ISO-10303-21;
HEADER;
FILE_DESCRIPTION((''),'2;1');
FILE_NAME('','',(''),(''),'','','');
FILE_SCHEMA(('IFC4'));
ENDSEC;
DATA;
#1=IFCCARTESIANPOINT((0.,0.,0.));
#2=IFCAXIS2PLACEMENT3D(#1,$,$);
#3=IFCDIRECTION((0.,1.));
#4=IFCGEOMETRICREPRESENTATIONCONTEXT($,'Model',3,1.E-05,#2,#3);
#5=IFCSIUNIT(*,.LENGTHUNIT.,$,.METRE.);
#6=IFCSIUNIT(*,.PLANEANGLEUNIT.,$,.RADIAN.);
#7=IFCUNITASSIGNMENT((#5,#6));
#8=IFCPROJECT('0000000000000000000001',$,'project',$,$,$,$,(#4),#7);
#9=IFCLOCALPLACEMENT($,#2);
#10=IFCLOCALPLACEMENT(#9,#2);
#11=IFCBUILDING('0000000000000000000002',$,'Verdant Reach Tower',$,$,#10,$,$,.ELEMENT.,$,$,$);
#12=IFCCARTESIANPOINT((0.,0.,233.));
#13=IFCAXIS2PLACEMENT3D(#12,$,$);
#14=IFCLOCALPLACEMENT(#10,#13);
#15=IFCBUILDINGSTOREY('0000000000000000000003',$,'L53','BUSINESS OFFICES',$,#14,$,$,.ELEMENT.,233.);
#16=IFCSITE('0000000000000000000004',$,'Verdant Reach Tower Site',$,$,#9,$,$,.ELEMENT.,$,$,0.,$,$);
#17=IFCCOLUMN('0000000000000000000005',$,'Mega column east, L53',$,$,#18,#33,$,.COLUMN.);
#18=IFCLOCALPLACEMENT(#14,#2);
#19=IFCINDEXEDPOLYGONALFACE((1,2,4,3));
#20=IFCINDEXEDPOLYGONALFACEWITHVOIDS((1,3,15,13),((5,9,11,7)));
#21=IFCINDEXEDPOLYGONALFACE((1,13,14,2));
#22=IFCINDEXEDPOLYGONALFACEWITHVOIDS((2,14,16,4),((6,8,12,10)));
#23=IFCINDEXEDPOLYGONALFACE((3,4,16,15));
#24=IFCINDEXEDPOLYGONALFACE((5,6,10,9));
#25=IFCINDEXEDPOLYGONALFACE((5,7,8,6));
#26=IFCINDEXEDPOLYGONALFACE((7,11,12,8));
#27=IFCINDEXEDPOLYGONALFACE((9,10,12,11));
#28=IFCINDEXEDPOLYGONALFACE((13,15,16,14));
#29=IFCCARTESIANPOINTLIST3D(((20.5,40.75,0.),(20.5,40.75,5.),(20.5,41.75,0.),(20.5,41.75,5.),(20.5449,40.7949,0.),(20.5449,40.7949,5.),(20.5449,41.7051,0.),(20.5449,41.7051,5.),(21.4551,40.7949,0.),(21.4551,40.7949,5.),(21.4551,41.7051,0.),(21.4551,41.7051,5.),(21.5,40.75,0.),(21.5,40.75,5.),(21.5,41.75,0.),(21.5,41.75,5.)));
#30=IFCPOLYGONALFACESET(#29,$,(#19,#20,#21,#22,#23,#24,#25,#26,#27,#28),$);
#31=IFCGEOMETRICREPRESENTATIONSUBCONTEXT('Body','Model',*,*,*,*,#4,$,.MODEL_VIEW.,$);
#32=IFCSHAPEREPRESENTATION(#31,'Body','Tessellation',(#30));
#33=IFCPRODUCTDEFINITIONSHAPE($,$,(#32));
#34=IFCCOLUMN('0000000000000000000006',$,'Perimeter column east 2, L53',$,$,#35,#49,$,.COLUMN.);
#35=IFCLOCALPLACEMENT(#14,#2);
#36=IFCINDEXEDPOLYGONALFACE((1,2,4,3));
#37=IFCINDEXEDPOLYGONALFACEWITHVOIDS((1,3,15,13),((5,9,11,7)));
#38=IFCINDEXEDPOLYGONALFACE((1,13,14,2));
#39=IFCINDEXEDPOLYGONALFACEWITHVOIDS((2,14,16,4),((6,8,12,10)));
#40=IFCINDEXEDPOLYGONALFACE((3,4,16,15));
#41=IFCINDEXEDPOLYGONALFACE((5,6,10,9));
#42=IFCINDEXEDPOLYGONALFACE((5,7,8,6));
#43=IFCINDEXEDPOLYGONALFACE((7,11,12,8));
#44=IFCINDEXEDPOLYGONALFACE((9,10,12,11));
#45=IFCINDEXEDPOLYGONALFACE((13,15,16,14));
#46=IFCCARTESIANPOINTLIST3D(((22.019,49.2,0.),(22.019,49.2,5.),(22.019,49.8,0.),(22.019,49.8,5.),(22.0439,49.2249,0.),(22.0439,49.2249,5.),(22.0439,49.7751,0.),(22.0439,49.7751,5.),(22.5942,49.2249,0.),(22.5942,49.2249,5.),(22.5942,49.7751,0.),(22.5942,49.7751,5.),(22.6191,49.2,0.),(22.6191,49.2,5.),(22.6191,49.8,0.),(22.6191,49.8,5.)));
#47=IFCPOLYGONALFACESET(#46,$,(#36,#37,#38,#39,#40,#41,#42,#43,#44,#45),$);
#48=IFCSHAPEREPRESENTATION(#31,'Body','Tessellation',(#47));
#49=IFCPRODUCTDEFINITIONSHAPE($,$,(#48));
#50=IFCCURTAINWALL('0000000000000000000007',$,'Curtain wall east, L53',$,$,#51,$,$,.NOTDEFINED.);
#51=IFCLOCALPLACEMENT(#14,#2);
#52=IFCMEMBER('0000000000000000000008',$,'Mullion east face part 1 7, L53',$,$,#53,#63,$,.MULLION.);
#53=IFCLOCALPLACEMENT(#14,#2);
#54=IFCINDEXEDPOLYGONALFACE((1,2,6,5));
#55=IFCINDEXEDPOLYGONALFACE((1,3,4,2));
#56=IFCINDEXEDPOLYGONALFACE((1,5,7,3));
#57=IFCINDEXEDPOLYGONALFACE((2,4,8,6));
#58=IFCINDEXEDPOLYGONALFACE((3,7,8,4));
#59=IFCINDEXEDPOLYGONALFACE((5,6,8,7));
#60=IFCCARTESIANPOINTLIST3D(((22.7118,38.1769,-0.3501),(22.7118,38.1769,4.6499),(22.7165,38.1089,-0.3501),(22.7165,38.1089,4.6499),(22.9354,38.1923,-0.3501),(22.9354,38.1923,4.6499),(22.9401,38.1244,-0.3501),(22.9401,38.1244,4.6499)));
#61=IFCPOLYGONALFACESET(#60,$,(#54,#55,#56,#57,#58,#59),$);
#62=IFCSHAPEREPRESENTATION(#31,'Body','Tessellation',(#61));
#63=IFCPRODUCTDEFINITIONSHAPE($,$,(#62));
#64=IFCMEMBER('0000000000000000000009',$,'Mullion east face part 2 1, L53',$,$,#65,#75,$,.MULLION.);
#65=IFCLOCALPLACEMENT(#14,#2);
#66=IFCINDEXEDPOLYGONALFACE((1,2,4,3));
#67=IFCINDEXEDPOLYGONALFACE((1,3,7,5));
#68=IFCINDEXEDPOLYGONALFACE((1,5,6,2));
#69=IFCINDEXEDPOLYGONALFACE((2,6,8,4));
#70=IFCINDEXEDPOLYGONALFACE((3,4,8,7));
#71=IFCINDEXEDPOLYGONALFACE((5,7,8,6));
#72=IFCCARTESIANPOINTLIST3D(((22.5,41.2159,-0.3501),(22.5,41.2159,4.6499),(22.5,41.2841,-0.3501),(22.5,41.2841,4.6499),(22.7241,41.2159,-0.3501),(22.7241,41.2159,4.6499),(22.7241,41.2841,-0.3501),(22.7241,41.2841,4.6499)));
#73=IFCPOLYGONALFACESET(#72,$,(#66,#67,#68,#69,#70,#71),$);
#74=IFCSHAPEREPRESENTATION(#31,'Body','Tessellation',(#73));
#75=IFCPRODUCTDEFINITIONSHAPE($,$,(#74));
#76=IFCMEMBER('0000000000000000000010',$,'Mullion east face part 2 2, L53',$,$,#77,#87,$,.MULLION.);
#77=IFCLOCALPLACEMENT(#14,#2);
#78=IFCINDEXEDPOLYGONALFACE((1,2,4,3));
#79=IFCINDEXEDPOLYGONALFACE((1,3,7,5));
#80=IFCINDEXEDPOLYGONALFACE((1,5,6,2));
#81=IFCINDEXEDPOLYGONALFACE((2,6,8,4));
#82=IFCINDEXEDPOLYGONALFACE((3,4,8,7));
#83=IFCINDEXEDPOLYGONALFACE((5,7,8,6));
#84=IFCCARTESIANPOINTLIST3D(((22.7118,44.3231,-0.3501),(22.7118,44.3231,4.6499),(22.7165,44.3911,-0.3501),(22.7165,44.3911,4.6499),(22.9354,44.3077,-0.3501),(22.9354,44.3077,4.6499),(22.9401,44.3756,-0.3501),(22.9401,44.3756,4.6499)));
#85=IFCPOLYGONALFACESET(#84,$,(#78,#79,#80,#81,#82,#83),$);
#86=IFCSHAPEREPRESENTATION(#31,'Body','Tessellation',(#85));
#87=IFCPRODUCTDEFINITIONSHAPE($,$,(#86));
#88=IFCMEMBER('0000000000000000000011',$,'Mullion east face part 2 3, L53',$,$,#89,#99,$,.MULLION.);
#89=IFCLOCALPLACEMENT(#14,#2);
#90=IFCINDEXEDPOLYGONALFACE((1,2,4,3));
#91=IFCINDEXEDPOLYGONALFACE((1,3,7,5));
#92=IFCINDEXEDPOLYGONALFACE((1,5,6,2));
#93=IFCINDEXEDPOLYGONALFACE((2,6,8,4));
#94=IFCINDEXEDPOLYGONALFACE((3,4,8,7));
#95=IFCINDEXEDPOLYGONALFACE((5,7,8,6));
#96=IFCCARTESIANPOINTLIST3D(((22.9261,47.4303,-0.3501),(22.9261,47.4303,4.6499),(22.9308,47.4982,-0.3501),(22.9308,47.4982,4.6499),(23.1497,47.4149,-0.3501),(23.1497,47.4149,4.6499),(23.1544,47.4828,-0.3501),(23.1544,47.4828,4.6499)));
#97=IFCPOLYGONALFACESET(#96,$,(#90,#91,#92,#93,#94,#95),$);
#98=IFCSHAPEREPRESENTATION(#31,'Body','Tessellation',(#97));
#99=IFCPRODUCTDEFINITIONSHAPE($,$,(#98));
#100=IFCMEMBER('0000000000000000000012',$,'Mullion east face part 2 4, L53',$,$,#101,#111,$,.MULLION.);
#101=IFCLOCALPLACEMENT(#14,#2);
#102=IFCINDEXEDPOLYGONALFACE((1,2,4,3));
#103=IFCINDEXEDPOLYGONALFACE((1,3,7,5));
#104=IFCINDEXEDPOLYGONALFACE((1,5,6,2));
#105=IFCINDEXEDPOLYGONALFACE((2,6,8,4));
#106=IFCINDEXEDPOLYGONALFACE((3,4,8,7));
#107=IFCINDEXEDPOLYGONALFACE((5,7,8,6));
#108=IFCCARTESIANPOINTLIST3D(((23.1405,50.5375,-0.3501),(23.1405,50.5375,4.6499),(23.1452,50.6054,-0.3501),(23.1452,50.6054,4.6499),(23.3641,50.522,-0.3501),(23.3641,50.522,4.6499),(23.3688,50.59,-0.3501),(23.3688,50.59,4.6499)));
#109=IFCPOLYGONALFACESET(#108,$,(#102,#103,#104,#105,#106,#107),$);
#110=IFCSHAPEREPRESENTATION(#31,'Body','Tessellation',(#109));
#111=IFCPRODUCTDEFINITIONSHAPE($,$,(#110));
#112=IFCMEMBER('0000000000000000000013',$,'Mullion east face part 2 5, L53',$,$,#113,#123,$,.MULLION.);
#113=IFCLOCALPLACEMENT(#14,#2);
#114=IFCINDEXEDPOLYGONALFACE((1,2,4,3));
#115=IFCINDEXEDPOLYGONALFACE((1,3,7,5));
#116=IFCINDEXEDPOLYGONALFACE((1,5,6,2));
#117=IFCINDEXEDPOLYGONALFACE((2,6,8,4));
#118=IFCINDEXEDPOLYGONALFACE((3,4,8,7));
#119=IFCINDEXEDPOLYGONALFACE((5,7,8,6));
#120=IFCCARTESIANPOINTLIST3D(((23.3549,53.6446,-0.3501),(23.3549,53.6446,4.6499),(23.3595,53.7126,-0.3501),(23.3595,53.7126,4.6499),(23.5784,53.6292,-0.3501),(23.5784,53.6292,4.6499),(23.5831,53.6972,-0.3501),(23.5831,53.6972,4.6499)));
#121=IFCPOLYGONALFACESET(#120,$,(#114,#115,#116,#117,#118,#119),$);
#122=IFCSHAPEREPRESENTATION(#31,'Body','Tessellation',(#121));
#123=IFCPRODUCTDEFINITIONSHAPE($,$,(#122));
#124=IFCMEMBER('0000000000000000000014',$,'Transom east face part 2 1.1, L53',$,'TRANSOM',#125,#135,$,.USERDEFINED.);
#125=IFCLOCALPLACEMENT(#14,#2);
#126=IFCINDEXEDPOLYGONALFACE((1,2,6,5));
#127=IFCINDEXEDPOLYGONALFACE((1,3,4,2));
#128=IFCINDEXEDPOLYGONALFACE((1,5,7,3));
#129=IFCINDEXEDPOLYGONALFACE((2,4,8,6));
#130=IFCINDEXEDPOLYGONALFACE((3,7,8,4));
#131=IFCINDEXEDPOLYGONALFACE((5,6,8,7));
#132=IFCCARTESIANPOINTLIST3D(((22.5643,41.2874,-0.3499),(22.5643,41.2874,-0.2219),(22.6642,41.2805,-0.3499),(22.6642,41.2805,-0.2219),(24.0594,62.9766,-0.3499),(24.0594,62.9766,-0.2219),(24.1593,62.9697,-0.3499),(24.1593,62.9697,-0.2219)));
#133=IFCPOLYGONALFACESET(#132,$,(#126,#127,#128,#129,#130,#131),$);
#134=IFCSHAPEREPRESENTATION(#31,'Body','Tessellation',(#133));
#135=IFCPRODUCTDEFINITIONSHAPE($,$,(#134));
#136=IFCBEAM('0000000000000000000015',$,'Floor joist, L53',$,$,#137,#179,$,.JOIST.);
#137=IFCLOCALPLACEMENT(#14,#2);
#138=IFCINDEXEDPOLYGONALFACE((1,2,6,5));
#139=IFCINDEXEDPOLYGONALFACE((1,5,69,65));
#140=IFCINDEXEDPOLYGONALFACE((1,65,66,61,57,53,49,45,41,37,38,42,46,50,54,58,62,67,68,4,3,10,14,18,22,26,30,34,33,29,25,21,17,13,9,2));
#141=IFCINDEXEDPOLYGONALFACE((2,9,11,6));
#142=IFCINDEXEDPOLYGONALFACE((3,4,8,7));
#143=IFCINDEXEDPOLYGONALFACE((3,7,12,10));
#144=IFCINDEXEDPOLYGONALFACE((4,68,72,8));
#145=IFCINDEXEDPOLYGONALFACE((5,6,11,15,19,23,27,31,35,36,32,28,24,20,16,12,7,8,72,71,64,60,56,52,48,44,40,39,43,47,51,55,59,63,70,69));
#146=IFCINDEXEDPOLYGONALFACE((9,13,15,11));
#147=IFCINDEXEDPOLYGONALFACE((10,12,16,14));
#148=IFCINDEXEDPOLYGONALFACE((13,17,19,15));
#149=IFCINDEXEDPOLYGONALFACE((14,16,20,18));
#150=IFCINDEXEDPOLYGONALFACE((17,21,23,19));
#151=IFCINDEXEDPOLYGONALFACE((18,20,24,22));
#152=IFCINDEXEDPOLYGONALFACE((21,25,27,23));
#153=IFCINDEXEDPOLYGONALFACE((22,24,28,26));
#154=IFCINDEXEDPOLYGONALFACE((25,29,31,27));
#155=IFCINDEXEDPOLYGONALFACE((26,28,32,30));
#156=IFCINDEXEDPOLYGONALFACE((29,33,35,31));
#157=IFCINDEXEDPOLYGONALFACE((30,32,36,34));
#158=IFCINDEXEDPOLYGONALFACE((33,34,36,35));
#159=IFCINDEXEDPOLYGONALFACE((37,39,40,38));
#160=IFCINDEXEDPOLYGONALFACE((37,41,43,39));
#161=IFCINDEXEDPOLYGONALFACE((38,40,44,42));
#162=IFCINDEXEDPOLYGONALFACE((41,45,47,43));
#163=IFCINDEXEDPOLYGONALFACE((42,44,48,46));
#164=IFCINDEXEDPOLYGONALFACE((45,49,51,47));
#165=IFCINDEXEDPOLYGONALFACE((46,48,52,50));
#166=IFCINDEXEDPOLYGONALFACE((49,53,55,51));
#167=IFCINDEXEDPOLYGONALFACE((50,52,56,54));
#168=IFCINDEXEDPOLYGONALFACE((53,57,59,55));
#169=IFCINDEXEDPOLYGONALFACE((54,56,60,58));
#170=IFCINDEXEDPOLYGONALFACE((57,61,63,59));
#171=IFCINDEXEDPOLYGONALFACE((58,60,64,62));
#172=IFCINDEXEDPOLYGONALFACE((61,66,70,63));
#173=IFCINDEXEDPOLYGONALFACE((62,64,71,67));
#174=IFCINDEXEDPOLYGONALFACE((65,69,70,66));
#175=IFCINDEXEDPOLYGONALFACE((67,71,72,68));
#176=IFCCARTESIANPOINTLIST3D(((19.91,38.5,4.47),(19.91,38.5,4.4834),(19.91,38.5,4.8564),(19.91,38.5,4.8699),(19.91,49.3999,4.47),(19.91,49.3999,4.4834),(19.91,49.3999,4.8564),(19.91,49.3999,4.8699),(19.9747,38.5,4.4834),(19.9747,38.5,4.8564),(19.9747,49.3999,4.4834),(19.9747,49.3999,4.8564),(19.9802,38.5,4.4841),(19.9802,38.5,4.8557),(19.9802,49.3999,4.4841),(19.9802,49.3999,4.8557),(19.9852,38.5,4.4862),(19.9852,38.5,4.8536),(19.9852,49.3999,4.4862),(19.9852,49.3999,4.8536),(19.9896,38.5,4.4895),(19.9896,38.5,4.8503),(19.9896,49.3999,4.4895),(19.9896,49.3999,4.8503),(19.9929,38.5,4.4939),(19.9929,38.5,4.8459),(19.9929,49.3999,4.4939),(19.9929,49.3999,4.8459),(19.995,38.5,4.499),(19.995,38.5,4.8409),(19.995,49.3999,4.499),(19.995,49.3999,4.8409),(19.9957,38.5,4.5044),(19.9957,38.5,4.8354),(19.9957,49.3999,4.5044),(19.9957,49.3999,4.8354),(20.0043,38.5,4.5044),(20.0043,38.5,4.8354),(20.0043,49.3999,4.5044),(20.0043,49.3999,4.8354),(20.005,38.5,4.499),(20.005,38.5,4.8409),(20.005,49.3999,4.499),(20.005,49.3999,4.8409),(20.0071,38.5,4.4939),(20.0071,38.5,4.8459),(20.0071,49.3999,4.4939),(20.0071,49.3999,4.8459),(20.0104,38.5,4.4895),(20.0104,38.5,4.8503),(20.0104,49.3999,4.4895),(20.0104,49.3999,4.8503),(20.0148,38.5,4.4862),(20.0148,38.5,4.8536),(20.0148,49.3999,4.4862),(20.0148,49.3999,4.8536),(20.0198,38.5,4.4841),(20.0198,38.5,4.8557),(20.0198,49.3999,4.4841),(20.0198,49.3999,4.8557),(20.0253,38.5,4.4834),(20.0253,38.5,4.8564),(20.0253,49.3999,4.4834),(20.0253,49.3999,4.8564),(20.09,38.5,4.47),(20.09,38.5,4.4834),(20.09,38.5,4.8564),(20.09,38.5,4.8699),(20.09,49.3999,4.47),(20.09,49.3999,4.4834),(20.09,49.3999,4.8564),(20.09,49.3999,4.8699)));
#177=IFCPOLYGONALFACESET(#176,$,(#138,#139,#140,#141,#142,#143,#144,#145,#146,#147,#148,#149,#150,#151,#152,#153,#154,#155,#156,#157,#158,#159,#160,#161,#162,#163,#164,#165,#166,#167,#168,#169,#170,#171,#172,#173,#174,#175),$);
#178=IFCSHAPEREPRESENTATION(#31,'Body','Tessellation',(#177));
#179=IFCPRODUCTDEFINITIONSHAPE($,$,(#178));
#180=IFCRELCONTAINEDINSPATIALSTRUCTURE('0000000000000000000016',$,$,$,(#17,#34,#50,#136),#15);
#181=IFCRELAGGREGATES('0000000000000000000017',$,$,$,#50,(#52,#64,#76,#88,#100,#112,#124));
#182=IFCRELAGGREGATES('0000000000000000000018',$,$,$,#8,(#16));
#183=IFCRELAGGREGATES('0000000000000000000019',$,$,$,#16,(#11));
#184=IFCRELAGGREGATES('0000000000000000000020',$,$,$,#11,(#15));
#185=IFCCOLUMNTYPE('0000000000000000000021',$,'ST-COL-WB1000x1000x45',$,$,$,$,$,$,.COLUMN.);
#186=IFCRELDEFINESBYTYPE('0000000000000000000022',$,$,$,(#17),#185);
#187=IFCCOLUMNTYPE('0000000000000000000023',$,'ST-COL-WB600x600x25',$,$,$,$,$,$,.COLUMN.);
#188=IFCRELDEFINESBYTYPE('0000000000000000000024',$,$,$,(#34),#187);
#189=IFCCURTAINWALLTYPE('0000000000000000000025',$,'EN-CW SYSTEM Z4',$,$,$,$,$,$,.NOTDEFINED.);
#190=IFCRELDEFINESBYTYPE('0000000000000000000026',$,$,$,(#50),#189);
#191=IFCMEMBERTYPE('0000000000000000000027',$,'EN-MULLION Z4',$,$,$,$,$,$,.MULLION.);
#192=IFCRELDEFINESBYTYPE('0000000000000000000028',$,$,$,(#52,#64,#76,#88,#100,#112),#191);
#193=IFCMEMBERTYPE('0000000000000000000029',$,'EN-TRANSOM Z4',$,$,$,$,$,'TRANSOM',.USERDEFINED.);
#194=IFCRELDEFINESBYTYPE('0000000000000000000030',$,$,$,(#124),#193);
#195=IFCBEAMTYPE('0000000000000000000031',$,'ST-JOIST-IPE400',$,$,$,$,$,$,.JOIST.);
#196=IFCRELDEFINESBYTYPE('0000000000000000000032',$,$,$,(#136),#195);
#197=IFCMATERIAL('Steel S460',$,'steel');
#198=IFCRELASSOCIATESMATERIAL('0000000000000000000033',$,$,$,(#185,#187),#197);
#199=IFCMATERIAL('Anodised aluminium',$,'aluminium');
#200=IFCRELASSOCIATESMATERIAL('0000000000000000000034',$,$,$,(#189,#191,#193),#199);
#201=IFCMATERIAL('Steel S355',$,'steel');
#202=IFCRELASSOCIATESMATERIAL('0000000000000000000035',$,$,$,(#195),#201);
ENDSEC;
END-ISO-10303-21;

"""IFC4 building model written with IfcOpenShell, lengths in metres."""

from ifc_helpers import new_model, si_unit, direction, frame, origin, origin_2d, place, context, subcontext, project, spatial, rectangle, hollow_rectangle, i_section, extrude, material, material_profile, profile_set, type_object, element, aggregate, save


model = new_model("IFC4")

# Units and contexts
model_context = context("Model", 3, precision=1e-05, world=origin(), true_north=direction((0.0, 1.0)))
body_context = subcontext(model_context, "Body", "Model", "MODEL_VIEW")
ifc_project = project(units=[si_unit("LENGTHUNIT", "METRE"), si_unit("PLANEANGLEUNIT", "RADIAN")], contexts=[model_context])

# Site, building, storey
site_placement = place(None, origin())
site = spatial("IfcSite", under=ifc_project, at=site_placement, Name="Verdant Reach Tower Site", CompositionType="ELEMENT", RefElevation=0.0)
building_placement = place(site_placement, origin())
building = spatial("IfcBuilding", under=site, at=building_placement, Name="Verdant Reach Tower", CompositionType="ELEMENT")
storey_placement = place(building_placement, frame((0.0, 0.0, 233.0)))
storey = spatial("IfcBuildingStorey", under=building, at=storey_placement, Name="L53", Description="BUSINESS OFFICES", CompositionType="ELEMENT", Elevation=233.0)

# Columns
ifc_material_1 = material(Name="Steel S460", Category="steel")
ifc_material_profile_1 = material_profile(ifc_material_1, hollow_rectangle(XDim=1.0, YDim=1.0, WallThickness=0.0449, at=origin_2d()), Name="WB 1000x1000x45")
ifc_profile_set_1 = profile_set([ifc_material_profile_1], Name="Steel S460")
column_type_1 = type_object("IfcColumnType", Name="ST-COL-WB1000x1000x45", PredefinedType="COLUMN", material=ifc_profile_set_1)
column_1_placement = place(storey_placement, frame((21.0, 41.25, 0.0), z_axis=(0.0, 0.0, 1.0), x_axis=(1.0, 0.0, 0.0)))
element("IfcColumn", 1, at=column_1_placement, inside=storey, type_object=column_type_1, Name="Mega column east, L53", PredefinedType="COLUMN", context=body_context, shape_type="SweptSolid", body=[
    extrude(hollow_rectangle(XDim=1.0, YDim=1.0, WallThickness=0.0449, at=origin_2d()), origin(), (0.0, 0.0, 1.0), 5.0),
])
ifc_material_profile_2 = material_profile(ifc_material_1, hollow_rectangle(XDim=0.6001, YDim=0.6001, WallThickness=0.0249, at=origin_2d()), Name="WB 600x600x25")
ifc_profile_set_2 = profile_set([ifc_material_profile_2], Name="Steel S460")
column_type_2 = type_object("IfcColumnType", Name="ST-COL-WB600x600x25", PredefinedType="COLUMN", material=ifc_profile_set_2)
column_2_placement = place(storey_placement, frame((22.3191, 49.5, 0.0), z_axis=(0.0, 0.0, 1.0), x_axis=(1.0, 0.0, 0.0)))
element("IfcColumn", 2, at=column_2_placement, inside=storey, type_object=column_type_2, Name="Perimeter column east 2, L53", PredefinedType="COLUMN", context=body_context, shape_type="SweptSolid", body=[
    extrude(hollow_rectangle(XDim=0.6001, YDim=0.6001, WallThickness=0.0249, at=origin_2d()), origin(), (0.0, 0.0, 1.0), 5.0),
])

# Curtain wall, members
ifc_material_2 = material(Name="Anodised aluminium", Category="aluminium")
curtain_wall_type = type_object("IfcCurtainWallType", Name="EN-CW SYSTEM Z4", PredefinedType="NOTDEFINED", material=ifc_material_2)
curtain_wall_placement = place(storey_placement, origin())
curtain_wall = element("IfcCurtainWall", 3, at=curtain_wall_placement, inside=storey, type_object=curtain_wall_type, Name="Curtain wall east, L53", PredefinedType="NOTDEFINED")
ifc_material_profile_3 = material_profile(ifc_material_2, rectangle(XDim=0.2241, YDim=0.0681, at=origin_2d()), Name="Mullion 68x224")
ifc_profile_set_3 = profile_set([ifc_material_profile_3], Name="Anodised aluminium")
member_type_1 = type_object("IfcMemberType", Name="EN-MULLION Z4", PredefinedType="MULLION", material=ifc_profile_set_3)
member_1_placement = place(storey_placement, frame((22.8259, 38.1506, -0.3501), z_axis=(0.0, 0.0, 1.0), x_axis=(0.99763, 0.068802, 0.0)))
member_1 = element("IfcMember", 4, at=member_1_placement, type_object=member_type_1, Name="Mullion east face part 1 7, L53", PredefinedType="MULLION", context=body_context, shape_type="SweptSolid", body=[
    extrude(rectangle(XDim=0.2241, YDim=0.0681, at=origin_2d()), origin(), (0.0, 0.0, 1.0), 5.0),
])
member_2_placement = place(storey_placement, frame((22.6121, 41.25, -0.3501), z_axis=(0.0, 0.0, 1.0), x_axis=(1.0, 0.0, 0.0)))
member_2 = element("IfcMember", 5, at=member_2_placement, type_object=member_type_1, Name="Mullion east face part 2 1, L53", PredefinedType="MULLION", context=body_context, shape_type="SweptSolid", body=[
    extrude(rectangle(XDim=0.2241, YDim=0.0681, at=origin_2d()), origin(), (0.0, 0.0, 1.0), 5.0),
])
member_3_placement = place(storey_placement, frame((22.8259, 44.3494, -0.3501), z_axis=(0.0, 0.0, 1.0), x_axis=(0.99763, -0.068802, 0.0)))
member_3 = element("IfcMember", 6, at=member_3_placement, type_object=member_type_1, Name="Mullion east face part 2 2, L53", PredefinedType="MULLION", context=body_context, shape_type="SweptSolid", body=[
    extrude(rectangle(XDim=0.2241, YDim=0.0681, at=origin_2d()), origin(), (0.0, 0.0, 1.0), 5.0),
])
member_4_placement = place(storey_placement, frame((23.0403, 47.4565, -0.3501), z_axis=(0.0, 0.0, 1.0), x_axis=(0.99763, -0.068802, 0.0)))
member_4 = element("IfcMember", 7, at=member_4_placement, type_object=member_type_1, Name="Mullion east face part 2 3, L53", PredefinedType="MULLION", context=body_context, shape_type="SweptSolid", body=[
    extrude(rectangle(XDim=0.2241, YDim=0.0681, at=origin_2d()), origin(), (0.0, 0.0, 1.0), 5.0),
])
member_5_placement = place(storey_placement, frame((23.2546, 50.5637, -0.3501), z_axis=(0.0, 0.0, 1.0), x_axis=(0.99763, -0.068802, 0.0)))
member_5 = element("IfcMember", 8, at=member_5_placement, type_object=member_type_1, Name="Mullion east face part 2 4, L53", PredefinedType="MULLION", context=body_context, shape_type="SweptSolid", body=[
    extrude(rectangle(XDim=0.2241, YDim=0.0681, at=origin_2d()), origin(), (0.0, 0.0, 1.0), 5.0),
])
member_6_placement = place(storey_placement, frame((23.469, 53.6709, -0.3501), z_axis=(0.0, 0.0, 1.0), x_axis=(0.99763, -0.068802, 0.0)))
member_6 = element("IfcMember", 9, at=member_6_placement, type_object=member_type_1, Name="Mullion east face part 2 5, L53", PredefinedType="MULLION", context=body_context, shape_type="SweptSolid", body=[
    extrude(rectangle(XDim=0.2241, YDim=0.0681, at=origin_2d()), origin(), (0.0, 0.0, 1.0), 5.0),
])
ifc_material_profile_4 = material_profile(ifc_material_2, rectangle(XDim=0.1001, YDim=0.1279, at=origin_2d()), Name="Transom 128x100")
ifc_profile_set_4 = profile_set([ifc_material_profile_4], Name="Anodised aluminium")
member_type_2 = type_object("IfcMemberType", Name="EN-TRANSOM Z4", ElementType="TRANSOM", PredefinedType="USERDEFINED", material=ifc_profile_set_4)
member_7_placement = place(storey_placement, frame((22.6143, 41.2839, -0.2859), z_axis=(0.06877, 0.997633, 0.0), x_axis=(-0.997633, 0.06877, 0.0)))
member_7 = element("IfcMember", 10, at=member_7_placement, type_object=member_type_2, Name="Transom east face part 2 1.1, L53", ObjectType="TRANSOM", PredefinedType="USERDEFINED", context=body_context, shape_type="SweptSolid", body=[
    extrude(rectangle(XDim=0.1001, YDim=0.1279, at=origin_2d()), origin(), (0.0, 0.0, 1.0), 21.7407),
])

# Beam
ifc_material_3 = material(Name="Steel S355", Category="steel")
ifc_material_profile_5 = material_profile(ifc_material_3, i_section(OverallWidth=0.1799, OverallDepth=0.3999, WebThickness=0.0085, FlangeThickness=0.0134, FilletRadius=0.021, at=origin_2d()), Name="IPE 400")
ifc_profile_set_5 = profile_set([ifc_material_profile_5], Name="Steel S355")
beam_type_1 = type_object("IfcBeamType", Name="ST-JOIST-IPE400", PredefinedType="JOIST", material=ifc_profile_set_5)
beam_1_placement = place(storey_placement, frame((20.0, 38.5, 4.6699), z_axis=(0.0, 1.0, 0.0), x_axis=(-1.0, 0.0, 0.0)))
element("IfcBeam", 11, at=beam_1_placement, inside=storey, type_object=beam_type_1, Name="Floor joist, L53", PredefinedType="JOIST", context=body_context, shape_type="SweptSolid", body=[
    extrude(i_section(OverallWidth=0.1799, OverallDepth=0.3999, WebThickness=0.0085, FlangeThickness=0.0134, FilletRadius=0.021, at=origin_2d()), origin(), (0.0, 0.0, 1.0), 10.8999),
])

aggregate(curtain_wall, [member_1, member_2, member_3, member_4, member_5, member_6, member_7])

save(model, "model.ifc")
